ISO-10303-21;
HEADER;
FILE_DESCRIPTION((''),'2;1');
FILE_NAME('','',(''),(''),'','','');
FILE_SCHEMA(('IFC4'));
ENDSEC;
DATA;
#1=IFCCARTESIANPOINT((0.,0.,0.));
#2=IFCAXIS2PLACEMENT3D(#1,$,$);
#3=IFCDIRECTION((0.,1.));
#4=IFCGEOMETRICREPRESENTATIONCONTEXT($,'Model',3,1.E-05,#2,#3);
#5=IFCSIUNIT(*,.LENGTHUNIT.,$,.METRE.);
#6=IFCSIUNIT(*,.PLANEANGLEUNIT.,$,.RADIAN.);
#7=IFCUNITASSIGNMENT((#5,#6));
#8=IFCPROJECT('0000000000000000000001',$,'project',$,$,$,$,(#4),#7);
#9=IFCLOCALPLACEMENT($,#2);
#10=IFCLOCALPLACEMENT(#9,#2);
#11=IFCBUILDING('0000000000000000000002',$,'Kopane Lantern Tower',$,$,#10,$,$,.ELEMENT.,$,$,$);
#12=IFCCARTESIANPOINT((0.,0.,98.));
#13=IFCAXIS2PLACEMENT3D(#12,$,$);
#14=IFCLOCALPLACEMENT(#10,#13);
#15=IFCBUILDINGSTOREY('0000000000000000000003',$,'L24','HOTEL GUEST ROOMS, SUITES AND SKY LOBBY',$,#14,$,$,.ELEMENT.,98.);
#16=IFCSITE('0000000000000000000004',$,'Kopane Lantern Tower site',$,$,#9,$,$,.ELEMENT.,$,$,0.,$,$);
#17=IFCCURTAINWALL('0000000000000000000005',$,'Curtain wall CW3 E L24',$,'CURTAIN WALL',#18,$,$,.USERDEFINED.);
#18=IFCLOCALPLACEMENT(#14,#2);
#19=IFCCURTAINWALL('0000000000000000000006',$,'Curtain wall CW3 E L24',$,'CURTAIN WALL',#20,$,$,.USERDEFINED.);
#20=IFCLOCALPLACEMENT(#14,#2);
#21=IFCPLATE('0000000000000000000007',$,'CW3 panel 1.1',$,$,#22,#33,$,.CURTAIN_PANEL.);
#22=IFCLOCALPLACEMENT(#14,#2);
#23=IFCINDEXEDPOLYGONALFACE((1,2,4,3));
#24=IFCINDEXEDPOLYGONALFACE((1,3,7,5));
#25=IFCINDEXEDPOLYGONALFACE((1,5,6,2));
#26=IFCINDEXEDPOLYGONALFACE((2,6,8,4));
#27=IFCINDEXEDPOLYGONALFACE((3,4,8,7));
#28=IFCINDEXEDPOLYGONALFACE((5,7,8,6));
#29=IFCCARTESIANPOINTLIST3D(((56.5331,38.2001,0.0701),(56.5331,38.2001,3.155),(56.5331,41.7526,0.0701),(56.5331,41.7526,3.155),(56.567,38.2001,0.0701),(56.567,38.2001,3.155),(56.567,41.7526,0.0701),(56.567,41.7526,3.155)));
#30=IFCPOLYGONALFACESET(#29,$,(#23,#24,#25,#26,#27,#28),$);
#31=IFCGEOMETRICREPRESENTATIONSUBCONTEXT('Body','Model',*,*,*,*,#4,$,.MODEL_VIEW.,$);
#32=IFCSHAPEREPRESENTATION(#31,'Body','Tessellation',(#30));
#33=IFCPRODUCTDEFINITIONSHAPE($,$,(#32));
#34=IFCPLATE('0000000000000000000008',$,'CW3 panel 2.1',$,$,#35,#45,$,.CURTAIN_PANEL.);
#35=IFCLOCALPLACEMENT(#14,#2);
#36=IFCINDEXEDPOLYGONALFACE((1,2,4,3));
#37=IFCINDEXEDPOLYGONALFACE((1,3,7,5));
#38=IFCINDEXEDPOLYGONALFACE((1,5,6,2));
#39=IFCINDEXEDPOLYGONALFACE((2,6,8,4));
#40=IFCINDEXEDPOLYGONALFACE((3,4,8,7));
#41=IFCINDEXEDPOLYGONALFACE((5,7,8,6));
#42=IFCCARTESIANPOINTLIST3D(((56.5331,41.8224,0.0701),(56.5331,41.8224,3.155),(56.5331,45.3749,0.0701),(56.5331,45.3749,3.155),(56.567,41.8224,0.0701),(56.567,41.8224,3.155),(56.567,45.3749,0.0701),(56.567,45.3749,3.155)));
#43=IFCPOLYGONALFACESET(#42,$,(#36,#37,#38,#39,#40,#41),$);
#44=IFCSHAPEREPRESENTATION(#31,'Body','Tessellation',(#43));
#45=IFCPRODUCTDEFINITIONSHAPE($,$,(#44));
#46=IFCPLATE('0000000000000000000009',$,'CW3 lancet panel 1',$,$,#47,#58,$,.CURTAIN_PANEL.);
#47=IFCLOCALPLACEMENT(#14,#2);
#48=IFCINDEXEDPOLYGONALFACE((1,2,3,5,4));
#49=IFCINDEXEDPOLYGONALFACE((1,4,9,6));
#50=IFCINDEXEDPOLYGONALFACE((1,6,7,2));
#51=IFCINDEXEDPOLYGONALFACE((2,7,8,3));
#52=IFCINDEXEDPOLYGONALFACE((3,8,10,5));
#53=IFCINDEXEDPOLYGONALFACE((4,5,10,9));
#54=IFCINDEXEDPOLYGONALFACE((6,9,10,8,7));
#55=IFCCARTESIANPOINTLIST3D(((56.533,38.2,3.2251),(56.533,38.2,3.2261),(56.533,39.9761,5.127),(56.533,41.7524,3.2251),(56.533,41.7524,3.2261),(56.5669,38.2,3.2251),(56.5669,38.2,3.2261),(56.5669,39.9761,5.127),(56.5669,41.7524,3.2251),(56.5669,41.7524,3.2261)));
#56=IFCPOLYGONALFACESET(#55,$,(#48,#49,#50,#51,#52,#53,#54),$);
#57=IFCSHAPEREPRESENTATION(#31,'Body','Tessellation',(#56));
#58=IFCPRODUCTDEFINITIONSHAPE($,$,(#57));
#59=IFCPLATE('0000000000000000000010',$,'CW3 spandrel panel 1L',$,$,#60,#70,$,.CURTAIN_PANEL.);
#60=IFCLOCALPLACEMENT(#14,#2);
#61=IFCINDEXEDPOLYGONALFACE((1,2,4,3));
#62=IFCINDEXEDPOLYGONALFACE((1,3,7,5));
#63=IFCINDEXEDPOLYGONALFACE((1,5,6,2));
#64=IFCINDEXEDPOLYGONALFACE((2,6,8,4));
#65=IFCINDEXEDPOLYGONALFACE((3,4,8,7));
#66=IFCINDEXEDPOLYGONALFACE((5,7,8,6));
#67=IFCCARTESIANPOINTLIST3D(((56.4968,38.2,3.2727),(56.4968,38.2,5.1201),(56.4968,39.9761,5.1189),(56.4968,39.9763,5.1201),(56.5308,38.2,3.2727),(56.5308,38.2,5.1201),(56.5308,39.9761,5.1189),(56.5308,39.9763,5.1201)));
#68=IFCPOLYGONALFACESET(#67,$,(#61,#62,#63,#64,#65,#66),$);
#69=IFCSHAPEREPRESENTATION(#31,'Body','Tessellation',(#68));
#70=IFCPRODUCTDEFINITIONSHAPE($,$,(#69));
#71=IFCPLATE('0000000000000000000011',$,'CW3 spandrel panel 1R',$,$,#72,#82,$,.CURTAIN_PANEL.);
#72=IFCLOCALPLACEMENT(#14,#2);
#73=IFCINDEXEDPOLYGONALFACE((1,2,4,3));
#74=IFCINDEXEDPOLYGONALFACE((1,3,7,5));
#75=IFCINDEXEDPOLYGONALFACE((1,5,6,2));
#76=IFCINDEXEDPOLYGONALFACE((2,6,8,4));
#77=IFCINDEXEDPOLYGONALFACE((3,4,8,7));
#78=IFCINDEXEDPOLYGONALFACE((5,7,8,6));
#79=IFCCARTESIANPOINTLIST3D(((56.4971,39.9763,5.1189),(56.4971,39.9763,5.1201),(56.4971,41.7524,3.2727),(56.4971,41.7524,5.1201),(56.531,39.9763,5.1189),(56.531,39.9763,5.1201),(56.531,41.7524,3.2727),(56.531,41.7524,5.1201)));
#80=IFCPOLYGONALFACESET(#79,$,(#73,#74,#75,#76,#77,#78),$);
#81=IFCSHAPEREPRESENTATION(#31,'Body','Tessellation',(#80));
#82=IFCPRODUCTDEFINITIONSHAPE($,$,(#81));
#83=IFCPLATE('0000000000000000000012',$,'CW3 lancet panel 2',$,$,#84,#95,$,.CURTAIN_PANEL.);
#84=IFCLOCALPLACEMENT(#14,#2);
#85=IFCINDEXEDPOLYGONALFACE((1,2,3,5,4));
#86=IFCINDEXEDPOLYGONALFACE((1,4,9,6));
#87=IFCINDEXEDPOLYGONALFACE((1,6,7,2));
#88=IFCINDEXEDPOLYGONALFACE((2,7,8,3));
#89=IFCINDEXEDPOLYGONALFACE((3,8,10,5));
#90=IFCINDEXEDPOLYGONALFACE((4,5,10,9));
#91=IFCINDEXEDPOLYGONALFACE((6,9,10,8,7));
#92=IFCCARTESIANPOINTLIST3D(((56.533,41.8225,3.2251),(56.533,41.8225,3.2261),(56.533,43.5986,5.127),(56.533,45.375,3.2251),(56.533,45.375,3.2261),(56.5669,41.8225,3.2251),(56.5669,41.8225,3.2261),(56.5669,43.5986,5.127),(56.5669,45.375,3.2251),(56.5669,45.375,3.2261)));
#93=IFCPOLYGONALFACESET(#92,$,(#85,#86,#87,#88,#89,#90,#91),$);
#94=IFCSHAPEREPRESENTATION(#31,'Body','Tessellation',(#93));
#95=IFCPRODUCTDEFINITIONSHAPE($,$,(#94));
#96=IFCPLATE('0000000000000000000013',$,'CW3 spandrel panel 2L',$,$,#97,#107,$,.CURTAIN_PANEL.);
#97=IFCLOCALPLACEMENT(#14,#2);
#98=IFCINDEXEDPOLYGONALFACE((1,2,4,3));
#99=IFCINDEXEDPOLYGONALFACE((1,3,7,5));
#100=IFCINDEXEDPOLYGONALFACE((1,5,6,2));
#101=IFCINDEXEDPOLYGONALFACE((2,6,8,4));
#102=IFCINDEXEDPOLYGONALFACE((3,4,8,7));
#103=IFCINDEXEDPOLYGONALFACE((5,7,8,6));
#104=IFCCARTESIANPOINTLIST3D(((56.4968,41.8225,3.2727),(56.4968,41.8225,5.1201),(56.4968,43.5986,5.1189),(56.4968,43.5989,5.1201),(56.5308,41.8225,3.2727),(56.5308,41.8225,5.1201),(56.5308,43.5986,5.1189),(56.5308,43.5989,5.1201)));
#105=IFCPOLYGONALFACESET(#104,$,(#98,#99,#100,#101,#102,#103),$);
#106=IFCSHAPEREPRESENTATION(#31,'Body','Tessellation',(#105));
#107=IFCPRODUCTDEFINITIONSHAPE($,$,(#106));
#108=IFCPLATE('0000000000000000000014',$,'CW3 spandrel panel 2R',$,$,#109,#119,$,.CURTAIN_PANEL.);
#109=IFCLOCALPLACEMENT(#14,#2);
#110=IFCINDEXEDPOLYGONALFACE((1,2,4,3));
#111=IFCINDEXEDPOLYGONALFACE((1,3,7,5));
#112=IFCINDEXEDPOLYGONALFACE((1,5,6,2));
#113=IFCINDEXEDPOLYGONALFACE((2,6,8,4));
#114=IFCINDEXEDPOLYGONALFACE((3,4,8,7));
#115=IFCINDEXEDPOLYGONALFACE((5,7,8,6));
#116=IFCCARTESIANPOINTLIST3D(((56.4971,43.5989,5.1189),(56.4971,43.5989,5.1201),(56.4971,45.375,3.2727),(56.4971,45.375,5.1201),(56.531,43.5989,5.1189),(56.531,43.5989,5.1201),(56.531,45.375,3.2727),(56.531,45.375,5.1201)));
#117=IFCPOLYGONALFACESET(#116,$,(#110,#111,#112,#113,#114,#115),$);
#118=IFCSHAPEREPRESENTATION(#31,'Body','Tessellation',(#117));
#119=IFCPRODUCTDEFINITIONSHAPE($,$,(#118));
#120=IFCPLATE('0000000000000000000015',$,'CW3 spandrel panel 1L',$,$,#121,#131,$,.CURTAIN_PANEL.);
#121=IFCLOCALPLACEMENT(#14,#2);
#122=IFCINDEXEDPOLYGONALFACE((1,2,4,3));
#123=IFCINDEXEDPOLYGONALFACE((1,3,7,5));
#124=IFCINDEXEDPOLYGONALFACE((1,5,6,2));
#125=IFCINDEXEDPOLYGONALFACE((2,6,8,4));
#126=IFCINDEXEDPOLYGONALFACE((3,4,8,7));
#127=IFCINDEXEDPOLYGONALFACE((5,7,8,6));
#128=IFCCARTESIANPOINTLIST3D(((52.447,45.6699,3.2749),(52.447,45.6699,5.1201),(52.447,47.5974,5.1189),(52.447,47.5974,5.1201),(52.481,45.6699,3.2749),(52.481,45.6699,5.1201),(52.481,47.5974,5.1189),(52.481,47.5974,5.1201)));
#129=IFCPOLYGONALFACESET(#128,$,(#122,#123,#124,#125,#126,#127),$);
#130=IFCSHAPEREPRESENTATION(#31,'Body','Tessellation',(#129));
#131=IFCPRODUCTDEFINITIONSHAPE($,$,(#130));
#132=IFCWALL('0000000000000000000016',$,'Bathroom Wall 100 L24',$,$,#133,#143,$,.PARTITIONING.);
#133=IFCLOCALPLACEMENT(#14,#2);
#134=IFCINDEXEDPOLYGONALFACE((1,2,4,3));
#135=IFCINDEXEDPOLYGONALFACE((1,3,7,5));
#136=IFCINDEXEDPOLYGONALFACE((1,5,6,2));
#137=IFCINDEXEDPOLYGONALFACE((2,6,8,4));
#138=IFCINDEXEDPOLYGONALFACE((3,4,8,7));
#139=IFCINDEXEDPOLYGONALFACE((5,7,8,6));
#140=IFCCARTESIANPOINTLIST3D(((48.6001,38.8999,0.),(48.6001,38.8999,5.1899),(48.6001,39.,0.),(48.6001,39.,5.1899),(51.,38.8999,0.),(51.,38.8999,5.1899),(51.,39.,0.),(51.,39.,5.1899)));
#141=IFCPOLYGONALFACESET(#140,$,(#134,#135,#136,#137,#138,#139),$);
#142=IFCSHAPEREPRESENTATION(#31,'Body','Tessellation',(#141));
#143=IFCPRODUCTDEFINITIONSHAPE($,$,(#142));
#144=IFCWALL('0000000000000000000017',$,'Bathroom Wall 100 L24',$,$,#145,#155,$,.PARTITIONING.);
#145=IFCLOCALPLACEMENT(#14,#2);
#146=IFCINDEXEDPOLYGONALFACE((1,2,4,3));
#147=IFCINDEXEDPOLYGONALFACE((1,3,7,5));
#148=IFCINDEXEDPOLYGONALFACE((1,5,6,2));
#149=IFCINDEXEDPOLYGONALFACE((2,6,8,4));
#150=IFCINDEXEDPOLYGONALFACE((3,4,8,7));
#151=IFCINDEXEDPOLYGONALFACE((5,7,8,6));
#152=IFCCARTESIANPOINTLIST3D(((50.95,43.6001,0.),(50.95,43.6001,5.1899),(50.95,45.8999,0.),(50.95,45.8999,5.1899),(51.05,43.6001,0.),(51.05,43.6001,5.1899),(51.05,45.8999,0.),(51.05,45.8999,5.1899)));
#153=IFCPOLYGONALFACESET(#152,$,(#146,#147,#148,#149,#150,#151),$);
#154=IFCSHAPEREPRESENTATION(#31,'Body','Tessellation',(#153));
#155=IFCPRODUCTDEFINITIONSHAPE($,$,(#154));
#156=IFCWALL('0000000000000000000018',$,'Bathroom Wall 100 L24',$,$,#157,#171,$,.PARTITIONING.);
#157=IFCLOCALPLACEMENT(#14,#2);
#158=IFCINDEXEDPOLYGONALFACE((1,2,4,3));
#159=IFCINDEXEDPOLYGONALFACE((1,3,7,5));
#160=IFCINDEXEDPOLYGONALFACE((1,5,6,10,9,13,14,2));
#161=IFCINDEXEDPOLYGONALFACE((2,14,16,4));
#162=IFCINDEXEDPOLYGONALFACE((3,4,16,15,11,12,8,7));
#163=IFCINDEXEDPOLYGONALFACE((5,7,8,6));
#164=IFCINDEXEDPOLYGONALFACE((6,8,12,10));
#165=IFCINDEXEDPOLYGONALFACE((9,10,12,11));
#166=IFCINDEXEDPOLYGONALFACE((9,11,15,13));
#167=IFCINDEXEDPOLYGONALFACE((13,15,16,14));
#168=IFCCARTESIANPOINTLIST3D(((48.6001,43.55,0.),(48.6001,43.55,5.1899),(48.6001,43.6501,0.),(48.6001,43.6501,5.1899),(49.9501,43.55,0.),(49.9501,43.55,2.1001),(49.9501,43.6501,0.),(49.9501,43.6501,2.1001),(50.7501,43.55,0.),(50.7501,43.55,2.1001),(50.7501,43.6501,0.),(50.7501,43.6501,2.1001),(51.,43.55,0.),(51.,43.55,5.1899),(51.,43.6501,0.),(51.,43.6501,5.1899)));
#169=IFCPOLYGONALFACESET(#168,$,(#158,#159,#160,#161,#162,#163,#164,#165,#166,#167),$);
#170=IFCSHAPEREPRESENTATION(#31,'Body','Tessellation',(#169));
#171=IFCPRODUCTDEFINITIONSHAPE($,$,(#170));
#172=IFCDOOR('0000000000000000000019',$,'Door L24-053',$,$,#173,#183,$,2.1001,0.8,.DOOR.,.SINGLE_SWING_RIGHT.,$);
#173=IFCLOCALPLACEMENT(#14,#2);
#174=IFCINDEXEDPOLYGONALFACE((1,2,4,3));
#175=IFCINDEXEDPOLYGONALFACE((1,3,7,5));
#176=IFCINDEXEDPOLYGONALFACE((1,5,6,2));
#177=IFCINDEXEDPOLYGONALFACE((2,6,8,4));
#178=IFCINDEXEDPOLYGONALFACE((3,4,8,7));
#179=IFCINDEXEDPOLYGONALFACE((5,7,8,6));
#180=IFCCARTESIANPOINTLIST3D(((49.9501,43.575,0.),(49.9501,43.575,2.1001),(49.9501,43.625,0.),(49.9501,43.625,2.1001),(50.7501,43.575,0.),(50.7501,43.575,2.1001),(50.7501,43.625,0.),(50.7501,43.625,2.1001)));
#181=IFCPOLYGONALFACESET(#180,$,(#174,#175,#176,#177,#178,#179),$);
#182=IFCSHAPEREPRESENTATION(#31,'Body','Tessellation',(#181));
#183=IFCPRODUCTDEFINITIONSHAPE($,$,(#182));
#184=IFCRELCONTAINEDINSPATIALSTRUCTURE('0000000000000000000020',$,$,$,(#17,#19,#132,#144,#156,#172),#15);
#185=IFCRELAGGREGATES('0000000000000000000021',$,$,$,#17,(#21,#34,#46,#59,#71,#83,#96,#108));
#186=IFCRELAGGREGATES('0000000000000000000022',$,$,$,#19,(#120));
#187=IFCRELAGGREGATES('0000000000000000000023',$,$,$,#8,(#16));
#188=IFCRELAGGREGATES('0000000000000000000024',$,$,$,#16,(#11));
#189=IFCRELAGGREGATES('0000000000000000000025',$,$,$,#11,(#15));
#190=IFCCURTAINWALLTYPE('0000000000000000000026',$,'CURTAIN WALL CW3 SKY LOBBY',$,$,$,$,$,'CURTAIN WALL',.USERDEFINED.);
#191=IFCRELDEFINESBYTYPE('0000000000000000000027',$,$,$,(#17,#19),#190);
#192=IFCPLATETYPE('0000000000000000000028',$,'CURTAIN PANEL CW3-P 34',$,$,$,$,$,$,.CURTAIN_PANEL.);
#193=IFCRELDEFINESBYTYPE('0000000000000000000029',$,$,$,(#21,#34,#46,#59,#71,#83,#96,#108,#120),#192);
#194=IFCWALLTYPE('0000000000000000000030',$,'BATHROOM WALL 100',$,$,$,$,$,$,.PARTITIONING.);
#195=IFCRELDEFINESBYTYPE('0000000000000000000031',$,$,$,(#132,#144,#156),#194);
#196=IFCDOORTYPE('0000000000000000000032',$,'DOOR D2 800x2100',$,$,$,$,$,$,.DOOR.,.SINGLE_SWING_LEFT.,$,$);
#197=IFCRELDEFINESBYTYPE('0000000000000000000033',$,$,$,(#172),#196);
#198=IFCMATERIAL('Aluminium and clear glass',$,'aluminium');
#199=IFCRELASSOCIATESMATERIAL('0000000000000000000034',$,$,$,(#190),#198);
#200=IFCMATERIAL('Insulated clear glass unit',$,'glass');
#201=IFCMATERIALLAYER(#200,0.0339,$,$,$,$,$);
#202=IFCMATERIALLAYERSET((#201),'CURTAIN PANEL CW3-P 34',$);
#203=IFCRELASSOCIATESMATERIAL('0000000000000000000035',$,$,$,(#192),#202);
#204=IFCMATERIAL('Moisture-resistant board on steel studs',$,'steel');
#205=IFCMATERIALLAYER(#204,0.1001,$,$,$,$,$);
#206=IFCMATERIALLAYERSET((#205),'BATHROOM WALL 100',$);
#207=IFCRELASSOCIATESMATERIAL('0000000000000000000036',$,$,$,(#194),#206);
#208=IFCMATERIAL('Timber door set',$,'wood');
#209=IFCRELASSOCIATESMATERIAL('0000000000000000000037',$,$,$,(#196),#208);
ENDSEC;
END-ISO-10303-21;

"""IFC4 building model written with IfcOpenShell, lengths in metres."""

from ifc_helpers import new_model, si_unit, direction, frame, frame_2d, origin, origin_2d, place, context, subcontext, project, spatial, polyline, rectangle, outline, extrude, material, layer, layer_set, type_object, element, fill, aggregate, save


model = new_model("IFC4")

# Units and contexts
model_context = context("Model", 3, precision=1e-05, world=origin(), true_north=direction((0.0, 1.0)))
body_context = subcontext(model_context, "Body", "Model", "MODEL_VIEW")
ifc_project = project(units=[si_unit("LENGTHUNIT", "METRE"), si_unit("PLANEANGLEUNIT", "RADIAN")], contexts=[model_context])

# Site, building, storey
site_placement = place(None, origin())
site = spatial("IfcSite", under=ifc_project, at=site_placement, Name="Kopane Lantern Tower site", CompositionType="ELEMENT", RefElevation=0.0)
building_placement = place(site_placement, origin())
building = spatial("IfcBuilding", under=site, at=building_placement, Name="Kopane Lantern Tower", CompositionType="ELEMENT")
storey_placement = place(building_placement, frame((0.0, 0.0, 98.0)))
storey = spatial("IfcBuildingStorey", under=building, at=storey_placement, Name="L24", Description="HOTEL GUEST ROOMS, SUITES AND SKY LOBBY", CompositionType="ELEMENT", Elevation=98.0)

# Curtain wall
ifc_material_1 = material(Name="Aluminium and clear glass", Category="aluminium")
curtain_wall_type = type_object("IfcCurtainWallType", Name="CURTAIN WALL CW3 SKY LOBBY", ElementType="CURTAIN WALL", PredefinedType="USERDEFINED", material=ifc_material_1)
curtain_wall_1_placement = place(storey_placement, origin())
curtain_wall_1 = element("IfcCurtainWall", 1, at=curtain_wall_1_placement, inside=storey, type_object=curtain_wall_type, Name="Curtain wall CW3 E L24", ObjectType="CURTAIN WALL", PredefinedType="USERDEFINED")

# Curtain wall
curtain_wall_2_placement = place(storey_placement, origin())
curtain_wall_2 = element("IfcCurtainWall", 2, at=curtain_wall_2_placement, inside=storey, type_object=curtain_wall_type, Name="Curtain wall CW3 E L24", ObjectType="CURTAIN WALL", PredefinedType="USERDEFINED")

# Plates
ifc_material_2 = material(Name="Insulated clear glass unit", Category="glass")
ifc_layer_1 = layer(ifc_material_2, 0.0339)
ifc_layer_set_1 = layer_set([ifc_layer_1], Name="CURTAIN PANEL CW3-P 34")
plate_type = type_object("IfcPlateType", Name="CURTAIN PANEL CW3-P 34", PredefinedType="CURTAIN_PANEL", material=ifc_layer_set_1)
plate_1_placement = place(storey_placement, frame((56.55, 39.9763, 0.0701), z_axis=(0.0, 0.0, 1.0), x_axis=(0.0, 1.0, 0.0)))
plate_1 = element("IfcPlate", 3, at=plate_1_placement, type_object=plate_type, Name="CW3 panel 1.1", PredefinedType="CURTAIN_PANEL", context=body_context, shape_type="SweptSolid", body=[
    extrude(rectangle(XDim=3.5525, YDim=0.0339, at=origin_2d()), origin(), (0.0, 0.0, 1.0), 3.085),
])
plate_2_placement = place(storey_placement, frame((56.55, 43.5986, 0.0701), z_axis=(0.0, 0.0, 1.0), x_axis=(0.0, 1.0, 0.0)))
plate_2 = element("IfcPlate", 4, at=plate_2_placement, type_object=plate_type, Name="CW3 panel 2.1", PredefinedType="CURTAIN_PANEL", context=body_context, shape_type="SweptSolid", body=[
    extrude(rectangle(XDim=3.5525, YDim=0.0339, at=origin_2d()), origin(), (0.0, 0.0, 1.0), 3.085),
])
plate_3_placement = place(storey_placement, frame((56.55, 38.2, 3.2251), z_axis=(0.0, 0.0, 1.0), x_axis=(0.0, 1.0, 0.0)))
plate_3 = element("IfcPlate", 5, at=plate_3_placement, type_object=plate_type, Name="CW3 lancet panel 1", PredefinedType="CURTAIN_PANEL", context=body_context, shape_type="SweptSolid", body=[
    extrude(outline(polyline([(0.0, 0.0), (3.5525, 0.0), (3.5525, 0.001), (1.7761, 1.9019), (0.0, 0.001), (0.0, 0.0)])), frame((0.0, 0.0171, 0.0), z_axis=(0.0, -1.0, 0.0), x_axis=(1.0, 0.0, 0.0)), (0.0, 0.0, 1.0), 0.0339),
])
plate_4_placement = place(storey_placement, frame((56.5139, 38.2, 5.1201), z_axis=(0.0, 0.0, 1.0), x_axis=(0.0, 1.0, 0.0)))
plate_4 = element("IfcPlate", 6, at=plate_4_placement, type_object=plate_type, Name="CW3 spandrel panel 1L", PredefinedType="CURTAIN_PANEL", context=body_context, shape_type="SweptSolid", body=[
    extrude(outline(polyline([(0.0, 0.0), (1.7764, 0.0), (1.7761, -0.0012), (0.0, -1.8474), (0.0, 0.0)])), frame((0.0, 0.0171, 0.0), z_axis=(0.0, -1.0, 0.0), x_axis=(1.0, 0.0, 0.0)), (0.0, 0.0, 1.0), 0.0339),
])
plate_5_placement = place(storey_placement, frame((56.5139, 41.7524, 5.1201), z_axis=(0.0, 0.0, 1.0), x_axis=(0.0, -1.0, 0.0)))
plate_5 = element("IfcPlate", 7, at=plate_5_placement, type_object=plate_type, Name="CW3 spandrel panel 1R", PredefinedType="CURTAIN_PANEL", context=body_context, shape_type="SweptSolid", body=[
    extrude(outline(polyline([(0.0, 0.0), (1.7761, 0.0), (1.7761, -0.0012), (0.0, -1.8474), (0.0, 0.0)])), frame((0.0, 0.0171, 0.0), z_axis=(0.0, -1.0, 0.0), x_axis=(1.0, 0.0, 0.0)), (0.0, 0.0, 1.0), 0.0339),
])
plate_6_placement = place(storey_placement, frame((56.55, 41.8225, 3.2251), z_axis=(0.0, 0.0, 1.0), x_axis=(0.0, 1.0, 0.0)))
plate_6 = element("IfcPlate", 8, at=plate_6_placement, type_object=plate_type, Name="CW3 lancet panel 2", PredefinedType="CURTAIN_PANEL", context=body_context, shape_type="SweptSolid", body=[
    extrude(outline(polyline([(0.0, 0.0), (3.5525, 0.0), (3.5525, 0.001), (1.7761, 1.9019), (0.0, 0.001), (0.0, 0.0)])), frame((0.0, 0.0171, 0.0), z_axis=(0.0, -1.0, 0.0), x_axis=(1.0, 0.0, 0.0)), (0.0, 0.0, 1.0), 0.0339),
])
plate_7_placement = place(storey_placement, frame((56.5139, 41.8225, 5.1201), z_axis=(0.0, 0.0, 1.0), x_axis=(0.0, 1.0, 0.0)))
plate_7 = element("IfcPlate", 9, at=plate_7_placement, type_object=plate_type, Name="CW3 spandrel panel 2L", PredefinedType="CURTAIN_PANEL", context=body_context, shape_type="SweptSolid", body=[
    extrude(outline(polyline([(0.0, 0.0), (1.7764, 0.0), (1.7761, -0.0012), (0.0, -1.8474), (0.0, 0.0)])), frame((0.0, 0.0171, 0.0), z_axis=(0.0, -1.0, 0.0), x_axis=(1.0, 0.0, 0.0)), (0.0, 0.0, 1.0), 0.0339),
])
plate_8_placement = place(storey_placement, frame((56.5139, 45.375, 5.1201), z_axis=(0.0, 0.0, 1.0), x_axis=(0.0, -1.0, 0.0)))
plate_8 = element("IfcPlate", 10, at=plate_8_placement, type_object=plate_type, Name="CW3 spandrel panel 2R", PredefinedType="CURTAIN_PANEL", context=body_context, shape_type="SweptSolid", body=[
    extrude(outline(polyline([(0.0, 0.0), (1.7761, 0.0), (1.7761, -0.0012), (0.0, -1.8474), (0.0, 0.0)])), frame((0.0, 0.0171, 0.0), z_axis=(0.0, -1.0, 0.0), x_axis=(1.0, 0.0, 0.0)), (0.0, 0.0, 1.0), 0.0339),
])
aggregate(curtain_wall_1, [plate_1, plate_2, plate_3, plate_4, plate_5, plate_6, plate_7, plate_8])
plate_9_placement = place(storey_placement, frame((52.4641, 45.6699, 5.1201), z_axis=(0.0, 0.0, 1.0), x_axis=(0.0, 1.0, 0.0)))
plate_9 = element("IfcPlate", 11, at=plate_9_placement, type_object=plate_type, Name="CW3 spandrel panel 1L", PredefinedType="CURTAIN_PANEL", context=body_context, shape_type="SweptSolid", body=[
    extrude(outline(polyline([(0.0, 0.0), (1.9275, 0.0), (1.9275, -0.0012), (0.0, -1.8452), (0.0, 0.0)])), frame((0.0, 0.0171, 0.0), z_axis=(0.0, -1.0, 0.0), x_axis=(1.0, 0.0, 0.0)), (0.0, 0.0, 1.0), 0.0339),
])
aggregate(curtain_wall_2, [plate_9])

# Walls
ifc_material_3 = material(Name="Moisture-resistant board on steel studs", Category="steel")
ifc_layer_2 = layer(ifc_material_3, 0.1001)
ifc_layer_set_2 = layer_set([ifc_layer_2], Name="BATHROOM WALL 100")
wall_type_1 = type_object("IfcWallType", Name="BATHROOM WALL 100", PredefinedType="PARTITIONING", material=ifc_layer_set_2)
wall_1_placement = place(storey_placement, frame((48.6001, 38.95, 0.0), z_axis=(0.0, 0.0, 1.0), x_axis=(1.0, 0.0, 0.0)))
element("IfcWall", 12, at=wall_1_placement, inside=storey, type_object=wall_type_1, Name="Bathroom Wall 100 L24", PredefinedType="PARTITIONING", context=body_context, shape_type="SweptSolid", body=[
    extrude(rectangle(XDim=2.3999, YDim=0.1001, at=frame_2d((1.2, 0.0))), origin(), (0.0, 0.0, 1.0), 5.1899),
])
wall_2_placement = place(storey_placement, frame((51.0, 43.6001, 0.0), z_axis=(0.0, 0.0, 1.0), x_axis=(0.0, 1.0, 0.0)))
element("IfcWall", 13, at=wall_2_placement, inside=storey, type_object=wall_type_1, Name="Bathroom Wall 100 L24", PredefinedType="PARTITIONING", context=body_context, shape_type="SweptSolid", body=[
    extrude(rectangle(XDim=2.2998, YDim=0.1001, at=frame_2d((1.1499, 0.0))), origin(), (0.0, 0.0, 1.0), 5.1899),
])

# Wall, opening, door
wall_3_placement = place(storey_placement, frame((48.6001, 43.6001, 0.0), z_axis=(0.0, 0.0, 1.0), x_axis=(1.0, 0.0, 0.0)))
wall_3 = element("IfcWall", 14, at=wall_3_placement, inside=storey, type_object=wall_type_1, Name="Bathroom Wall 100 L24", PredefinedType="PARTITIONING", context=body_context, shape_type="SweptSolid", body=[
    extrude(rectangle(XDim=2.3999, YDim=0.1001, at=frame_2d((1.2, 0.0))), origin(), (0.0, 0.0, 1.0), 5.1899),
])
opening_placement = place(wall_3_placement, frame((1.3501, 0.0, 0.0)))
opening = element("IfcOpeningElement", 15, at=opening_placement, cuts=wall_3, PredefinedType="OPENING", context=body_context, shape_type="SweptSolid", body=[
    extrude(rectangle(XDim=0.8, YDim=2.1001, at=frame_2d((0.3999, 1.05))), frame((0.0, 0.0601, 0.0), z_axis=(0.0, -1.0, 0.0), x_axis=(1.0, 0.0, 0.0)), (0.0, 0.0, 1.0), 0.1201),
])
ifc_material_4 = material(Name="Timber door set", Category="wood")
door_type = type_object("IfcDoorType", Name="DOOR D2 800x2100", OperationType="SINGLE_SWING_LEFT", PredefinedType="DOOR", material=ifc_material_4)
door_placement = place(opening_placement, origin())
door = element("IfcDoor", 16, at=door_placement, inside=storey, type_object=door_type, Name="Door L24-053", OperationType="SINGLE_SWING_RIGHT", OverallHeight=2.1001, OverallWidth=0.8, PredefinedType="DOOR", context=body_context, shape_type="SweptSolid", body=[
    extrude(rectangle(XDim=0.8, YDim=2.1001, at=frame_2d((0.3999, 1.05))), frame((0.0, 0.0249, 0.0), z_axis=(0.0, -1.0, 0.0), x_axis=(1.0, 0.0, 0.0)), (0.0, 0.0, 1.0), 0.05),
])
fill(opening, door)

save(model, "model.ifc")
